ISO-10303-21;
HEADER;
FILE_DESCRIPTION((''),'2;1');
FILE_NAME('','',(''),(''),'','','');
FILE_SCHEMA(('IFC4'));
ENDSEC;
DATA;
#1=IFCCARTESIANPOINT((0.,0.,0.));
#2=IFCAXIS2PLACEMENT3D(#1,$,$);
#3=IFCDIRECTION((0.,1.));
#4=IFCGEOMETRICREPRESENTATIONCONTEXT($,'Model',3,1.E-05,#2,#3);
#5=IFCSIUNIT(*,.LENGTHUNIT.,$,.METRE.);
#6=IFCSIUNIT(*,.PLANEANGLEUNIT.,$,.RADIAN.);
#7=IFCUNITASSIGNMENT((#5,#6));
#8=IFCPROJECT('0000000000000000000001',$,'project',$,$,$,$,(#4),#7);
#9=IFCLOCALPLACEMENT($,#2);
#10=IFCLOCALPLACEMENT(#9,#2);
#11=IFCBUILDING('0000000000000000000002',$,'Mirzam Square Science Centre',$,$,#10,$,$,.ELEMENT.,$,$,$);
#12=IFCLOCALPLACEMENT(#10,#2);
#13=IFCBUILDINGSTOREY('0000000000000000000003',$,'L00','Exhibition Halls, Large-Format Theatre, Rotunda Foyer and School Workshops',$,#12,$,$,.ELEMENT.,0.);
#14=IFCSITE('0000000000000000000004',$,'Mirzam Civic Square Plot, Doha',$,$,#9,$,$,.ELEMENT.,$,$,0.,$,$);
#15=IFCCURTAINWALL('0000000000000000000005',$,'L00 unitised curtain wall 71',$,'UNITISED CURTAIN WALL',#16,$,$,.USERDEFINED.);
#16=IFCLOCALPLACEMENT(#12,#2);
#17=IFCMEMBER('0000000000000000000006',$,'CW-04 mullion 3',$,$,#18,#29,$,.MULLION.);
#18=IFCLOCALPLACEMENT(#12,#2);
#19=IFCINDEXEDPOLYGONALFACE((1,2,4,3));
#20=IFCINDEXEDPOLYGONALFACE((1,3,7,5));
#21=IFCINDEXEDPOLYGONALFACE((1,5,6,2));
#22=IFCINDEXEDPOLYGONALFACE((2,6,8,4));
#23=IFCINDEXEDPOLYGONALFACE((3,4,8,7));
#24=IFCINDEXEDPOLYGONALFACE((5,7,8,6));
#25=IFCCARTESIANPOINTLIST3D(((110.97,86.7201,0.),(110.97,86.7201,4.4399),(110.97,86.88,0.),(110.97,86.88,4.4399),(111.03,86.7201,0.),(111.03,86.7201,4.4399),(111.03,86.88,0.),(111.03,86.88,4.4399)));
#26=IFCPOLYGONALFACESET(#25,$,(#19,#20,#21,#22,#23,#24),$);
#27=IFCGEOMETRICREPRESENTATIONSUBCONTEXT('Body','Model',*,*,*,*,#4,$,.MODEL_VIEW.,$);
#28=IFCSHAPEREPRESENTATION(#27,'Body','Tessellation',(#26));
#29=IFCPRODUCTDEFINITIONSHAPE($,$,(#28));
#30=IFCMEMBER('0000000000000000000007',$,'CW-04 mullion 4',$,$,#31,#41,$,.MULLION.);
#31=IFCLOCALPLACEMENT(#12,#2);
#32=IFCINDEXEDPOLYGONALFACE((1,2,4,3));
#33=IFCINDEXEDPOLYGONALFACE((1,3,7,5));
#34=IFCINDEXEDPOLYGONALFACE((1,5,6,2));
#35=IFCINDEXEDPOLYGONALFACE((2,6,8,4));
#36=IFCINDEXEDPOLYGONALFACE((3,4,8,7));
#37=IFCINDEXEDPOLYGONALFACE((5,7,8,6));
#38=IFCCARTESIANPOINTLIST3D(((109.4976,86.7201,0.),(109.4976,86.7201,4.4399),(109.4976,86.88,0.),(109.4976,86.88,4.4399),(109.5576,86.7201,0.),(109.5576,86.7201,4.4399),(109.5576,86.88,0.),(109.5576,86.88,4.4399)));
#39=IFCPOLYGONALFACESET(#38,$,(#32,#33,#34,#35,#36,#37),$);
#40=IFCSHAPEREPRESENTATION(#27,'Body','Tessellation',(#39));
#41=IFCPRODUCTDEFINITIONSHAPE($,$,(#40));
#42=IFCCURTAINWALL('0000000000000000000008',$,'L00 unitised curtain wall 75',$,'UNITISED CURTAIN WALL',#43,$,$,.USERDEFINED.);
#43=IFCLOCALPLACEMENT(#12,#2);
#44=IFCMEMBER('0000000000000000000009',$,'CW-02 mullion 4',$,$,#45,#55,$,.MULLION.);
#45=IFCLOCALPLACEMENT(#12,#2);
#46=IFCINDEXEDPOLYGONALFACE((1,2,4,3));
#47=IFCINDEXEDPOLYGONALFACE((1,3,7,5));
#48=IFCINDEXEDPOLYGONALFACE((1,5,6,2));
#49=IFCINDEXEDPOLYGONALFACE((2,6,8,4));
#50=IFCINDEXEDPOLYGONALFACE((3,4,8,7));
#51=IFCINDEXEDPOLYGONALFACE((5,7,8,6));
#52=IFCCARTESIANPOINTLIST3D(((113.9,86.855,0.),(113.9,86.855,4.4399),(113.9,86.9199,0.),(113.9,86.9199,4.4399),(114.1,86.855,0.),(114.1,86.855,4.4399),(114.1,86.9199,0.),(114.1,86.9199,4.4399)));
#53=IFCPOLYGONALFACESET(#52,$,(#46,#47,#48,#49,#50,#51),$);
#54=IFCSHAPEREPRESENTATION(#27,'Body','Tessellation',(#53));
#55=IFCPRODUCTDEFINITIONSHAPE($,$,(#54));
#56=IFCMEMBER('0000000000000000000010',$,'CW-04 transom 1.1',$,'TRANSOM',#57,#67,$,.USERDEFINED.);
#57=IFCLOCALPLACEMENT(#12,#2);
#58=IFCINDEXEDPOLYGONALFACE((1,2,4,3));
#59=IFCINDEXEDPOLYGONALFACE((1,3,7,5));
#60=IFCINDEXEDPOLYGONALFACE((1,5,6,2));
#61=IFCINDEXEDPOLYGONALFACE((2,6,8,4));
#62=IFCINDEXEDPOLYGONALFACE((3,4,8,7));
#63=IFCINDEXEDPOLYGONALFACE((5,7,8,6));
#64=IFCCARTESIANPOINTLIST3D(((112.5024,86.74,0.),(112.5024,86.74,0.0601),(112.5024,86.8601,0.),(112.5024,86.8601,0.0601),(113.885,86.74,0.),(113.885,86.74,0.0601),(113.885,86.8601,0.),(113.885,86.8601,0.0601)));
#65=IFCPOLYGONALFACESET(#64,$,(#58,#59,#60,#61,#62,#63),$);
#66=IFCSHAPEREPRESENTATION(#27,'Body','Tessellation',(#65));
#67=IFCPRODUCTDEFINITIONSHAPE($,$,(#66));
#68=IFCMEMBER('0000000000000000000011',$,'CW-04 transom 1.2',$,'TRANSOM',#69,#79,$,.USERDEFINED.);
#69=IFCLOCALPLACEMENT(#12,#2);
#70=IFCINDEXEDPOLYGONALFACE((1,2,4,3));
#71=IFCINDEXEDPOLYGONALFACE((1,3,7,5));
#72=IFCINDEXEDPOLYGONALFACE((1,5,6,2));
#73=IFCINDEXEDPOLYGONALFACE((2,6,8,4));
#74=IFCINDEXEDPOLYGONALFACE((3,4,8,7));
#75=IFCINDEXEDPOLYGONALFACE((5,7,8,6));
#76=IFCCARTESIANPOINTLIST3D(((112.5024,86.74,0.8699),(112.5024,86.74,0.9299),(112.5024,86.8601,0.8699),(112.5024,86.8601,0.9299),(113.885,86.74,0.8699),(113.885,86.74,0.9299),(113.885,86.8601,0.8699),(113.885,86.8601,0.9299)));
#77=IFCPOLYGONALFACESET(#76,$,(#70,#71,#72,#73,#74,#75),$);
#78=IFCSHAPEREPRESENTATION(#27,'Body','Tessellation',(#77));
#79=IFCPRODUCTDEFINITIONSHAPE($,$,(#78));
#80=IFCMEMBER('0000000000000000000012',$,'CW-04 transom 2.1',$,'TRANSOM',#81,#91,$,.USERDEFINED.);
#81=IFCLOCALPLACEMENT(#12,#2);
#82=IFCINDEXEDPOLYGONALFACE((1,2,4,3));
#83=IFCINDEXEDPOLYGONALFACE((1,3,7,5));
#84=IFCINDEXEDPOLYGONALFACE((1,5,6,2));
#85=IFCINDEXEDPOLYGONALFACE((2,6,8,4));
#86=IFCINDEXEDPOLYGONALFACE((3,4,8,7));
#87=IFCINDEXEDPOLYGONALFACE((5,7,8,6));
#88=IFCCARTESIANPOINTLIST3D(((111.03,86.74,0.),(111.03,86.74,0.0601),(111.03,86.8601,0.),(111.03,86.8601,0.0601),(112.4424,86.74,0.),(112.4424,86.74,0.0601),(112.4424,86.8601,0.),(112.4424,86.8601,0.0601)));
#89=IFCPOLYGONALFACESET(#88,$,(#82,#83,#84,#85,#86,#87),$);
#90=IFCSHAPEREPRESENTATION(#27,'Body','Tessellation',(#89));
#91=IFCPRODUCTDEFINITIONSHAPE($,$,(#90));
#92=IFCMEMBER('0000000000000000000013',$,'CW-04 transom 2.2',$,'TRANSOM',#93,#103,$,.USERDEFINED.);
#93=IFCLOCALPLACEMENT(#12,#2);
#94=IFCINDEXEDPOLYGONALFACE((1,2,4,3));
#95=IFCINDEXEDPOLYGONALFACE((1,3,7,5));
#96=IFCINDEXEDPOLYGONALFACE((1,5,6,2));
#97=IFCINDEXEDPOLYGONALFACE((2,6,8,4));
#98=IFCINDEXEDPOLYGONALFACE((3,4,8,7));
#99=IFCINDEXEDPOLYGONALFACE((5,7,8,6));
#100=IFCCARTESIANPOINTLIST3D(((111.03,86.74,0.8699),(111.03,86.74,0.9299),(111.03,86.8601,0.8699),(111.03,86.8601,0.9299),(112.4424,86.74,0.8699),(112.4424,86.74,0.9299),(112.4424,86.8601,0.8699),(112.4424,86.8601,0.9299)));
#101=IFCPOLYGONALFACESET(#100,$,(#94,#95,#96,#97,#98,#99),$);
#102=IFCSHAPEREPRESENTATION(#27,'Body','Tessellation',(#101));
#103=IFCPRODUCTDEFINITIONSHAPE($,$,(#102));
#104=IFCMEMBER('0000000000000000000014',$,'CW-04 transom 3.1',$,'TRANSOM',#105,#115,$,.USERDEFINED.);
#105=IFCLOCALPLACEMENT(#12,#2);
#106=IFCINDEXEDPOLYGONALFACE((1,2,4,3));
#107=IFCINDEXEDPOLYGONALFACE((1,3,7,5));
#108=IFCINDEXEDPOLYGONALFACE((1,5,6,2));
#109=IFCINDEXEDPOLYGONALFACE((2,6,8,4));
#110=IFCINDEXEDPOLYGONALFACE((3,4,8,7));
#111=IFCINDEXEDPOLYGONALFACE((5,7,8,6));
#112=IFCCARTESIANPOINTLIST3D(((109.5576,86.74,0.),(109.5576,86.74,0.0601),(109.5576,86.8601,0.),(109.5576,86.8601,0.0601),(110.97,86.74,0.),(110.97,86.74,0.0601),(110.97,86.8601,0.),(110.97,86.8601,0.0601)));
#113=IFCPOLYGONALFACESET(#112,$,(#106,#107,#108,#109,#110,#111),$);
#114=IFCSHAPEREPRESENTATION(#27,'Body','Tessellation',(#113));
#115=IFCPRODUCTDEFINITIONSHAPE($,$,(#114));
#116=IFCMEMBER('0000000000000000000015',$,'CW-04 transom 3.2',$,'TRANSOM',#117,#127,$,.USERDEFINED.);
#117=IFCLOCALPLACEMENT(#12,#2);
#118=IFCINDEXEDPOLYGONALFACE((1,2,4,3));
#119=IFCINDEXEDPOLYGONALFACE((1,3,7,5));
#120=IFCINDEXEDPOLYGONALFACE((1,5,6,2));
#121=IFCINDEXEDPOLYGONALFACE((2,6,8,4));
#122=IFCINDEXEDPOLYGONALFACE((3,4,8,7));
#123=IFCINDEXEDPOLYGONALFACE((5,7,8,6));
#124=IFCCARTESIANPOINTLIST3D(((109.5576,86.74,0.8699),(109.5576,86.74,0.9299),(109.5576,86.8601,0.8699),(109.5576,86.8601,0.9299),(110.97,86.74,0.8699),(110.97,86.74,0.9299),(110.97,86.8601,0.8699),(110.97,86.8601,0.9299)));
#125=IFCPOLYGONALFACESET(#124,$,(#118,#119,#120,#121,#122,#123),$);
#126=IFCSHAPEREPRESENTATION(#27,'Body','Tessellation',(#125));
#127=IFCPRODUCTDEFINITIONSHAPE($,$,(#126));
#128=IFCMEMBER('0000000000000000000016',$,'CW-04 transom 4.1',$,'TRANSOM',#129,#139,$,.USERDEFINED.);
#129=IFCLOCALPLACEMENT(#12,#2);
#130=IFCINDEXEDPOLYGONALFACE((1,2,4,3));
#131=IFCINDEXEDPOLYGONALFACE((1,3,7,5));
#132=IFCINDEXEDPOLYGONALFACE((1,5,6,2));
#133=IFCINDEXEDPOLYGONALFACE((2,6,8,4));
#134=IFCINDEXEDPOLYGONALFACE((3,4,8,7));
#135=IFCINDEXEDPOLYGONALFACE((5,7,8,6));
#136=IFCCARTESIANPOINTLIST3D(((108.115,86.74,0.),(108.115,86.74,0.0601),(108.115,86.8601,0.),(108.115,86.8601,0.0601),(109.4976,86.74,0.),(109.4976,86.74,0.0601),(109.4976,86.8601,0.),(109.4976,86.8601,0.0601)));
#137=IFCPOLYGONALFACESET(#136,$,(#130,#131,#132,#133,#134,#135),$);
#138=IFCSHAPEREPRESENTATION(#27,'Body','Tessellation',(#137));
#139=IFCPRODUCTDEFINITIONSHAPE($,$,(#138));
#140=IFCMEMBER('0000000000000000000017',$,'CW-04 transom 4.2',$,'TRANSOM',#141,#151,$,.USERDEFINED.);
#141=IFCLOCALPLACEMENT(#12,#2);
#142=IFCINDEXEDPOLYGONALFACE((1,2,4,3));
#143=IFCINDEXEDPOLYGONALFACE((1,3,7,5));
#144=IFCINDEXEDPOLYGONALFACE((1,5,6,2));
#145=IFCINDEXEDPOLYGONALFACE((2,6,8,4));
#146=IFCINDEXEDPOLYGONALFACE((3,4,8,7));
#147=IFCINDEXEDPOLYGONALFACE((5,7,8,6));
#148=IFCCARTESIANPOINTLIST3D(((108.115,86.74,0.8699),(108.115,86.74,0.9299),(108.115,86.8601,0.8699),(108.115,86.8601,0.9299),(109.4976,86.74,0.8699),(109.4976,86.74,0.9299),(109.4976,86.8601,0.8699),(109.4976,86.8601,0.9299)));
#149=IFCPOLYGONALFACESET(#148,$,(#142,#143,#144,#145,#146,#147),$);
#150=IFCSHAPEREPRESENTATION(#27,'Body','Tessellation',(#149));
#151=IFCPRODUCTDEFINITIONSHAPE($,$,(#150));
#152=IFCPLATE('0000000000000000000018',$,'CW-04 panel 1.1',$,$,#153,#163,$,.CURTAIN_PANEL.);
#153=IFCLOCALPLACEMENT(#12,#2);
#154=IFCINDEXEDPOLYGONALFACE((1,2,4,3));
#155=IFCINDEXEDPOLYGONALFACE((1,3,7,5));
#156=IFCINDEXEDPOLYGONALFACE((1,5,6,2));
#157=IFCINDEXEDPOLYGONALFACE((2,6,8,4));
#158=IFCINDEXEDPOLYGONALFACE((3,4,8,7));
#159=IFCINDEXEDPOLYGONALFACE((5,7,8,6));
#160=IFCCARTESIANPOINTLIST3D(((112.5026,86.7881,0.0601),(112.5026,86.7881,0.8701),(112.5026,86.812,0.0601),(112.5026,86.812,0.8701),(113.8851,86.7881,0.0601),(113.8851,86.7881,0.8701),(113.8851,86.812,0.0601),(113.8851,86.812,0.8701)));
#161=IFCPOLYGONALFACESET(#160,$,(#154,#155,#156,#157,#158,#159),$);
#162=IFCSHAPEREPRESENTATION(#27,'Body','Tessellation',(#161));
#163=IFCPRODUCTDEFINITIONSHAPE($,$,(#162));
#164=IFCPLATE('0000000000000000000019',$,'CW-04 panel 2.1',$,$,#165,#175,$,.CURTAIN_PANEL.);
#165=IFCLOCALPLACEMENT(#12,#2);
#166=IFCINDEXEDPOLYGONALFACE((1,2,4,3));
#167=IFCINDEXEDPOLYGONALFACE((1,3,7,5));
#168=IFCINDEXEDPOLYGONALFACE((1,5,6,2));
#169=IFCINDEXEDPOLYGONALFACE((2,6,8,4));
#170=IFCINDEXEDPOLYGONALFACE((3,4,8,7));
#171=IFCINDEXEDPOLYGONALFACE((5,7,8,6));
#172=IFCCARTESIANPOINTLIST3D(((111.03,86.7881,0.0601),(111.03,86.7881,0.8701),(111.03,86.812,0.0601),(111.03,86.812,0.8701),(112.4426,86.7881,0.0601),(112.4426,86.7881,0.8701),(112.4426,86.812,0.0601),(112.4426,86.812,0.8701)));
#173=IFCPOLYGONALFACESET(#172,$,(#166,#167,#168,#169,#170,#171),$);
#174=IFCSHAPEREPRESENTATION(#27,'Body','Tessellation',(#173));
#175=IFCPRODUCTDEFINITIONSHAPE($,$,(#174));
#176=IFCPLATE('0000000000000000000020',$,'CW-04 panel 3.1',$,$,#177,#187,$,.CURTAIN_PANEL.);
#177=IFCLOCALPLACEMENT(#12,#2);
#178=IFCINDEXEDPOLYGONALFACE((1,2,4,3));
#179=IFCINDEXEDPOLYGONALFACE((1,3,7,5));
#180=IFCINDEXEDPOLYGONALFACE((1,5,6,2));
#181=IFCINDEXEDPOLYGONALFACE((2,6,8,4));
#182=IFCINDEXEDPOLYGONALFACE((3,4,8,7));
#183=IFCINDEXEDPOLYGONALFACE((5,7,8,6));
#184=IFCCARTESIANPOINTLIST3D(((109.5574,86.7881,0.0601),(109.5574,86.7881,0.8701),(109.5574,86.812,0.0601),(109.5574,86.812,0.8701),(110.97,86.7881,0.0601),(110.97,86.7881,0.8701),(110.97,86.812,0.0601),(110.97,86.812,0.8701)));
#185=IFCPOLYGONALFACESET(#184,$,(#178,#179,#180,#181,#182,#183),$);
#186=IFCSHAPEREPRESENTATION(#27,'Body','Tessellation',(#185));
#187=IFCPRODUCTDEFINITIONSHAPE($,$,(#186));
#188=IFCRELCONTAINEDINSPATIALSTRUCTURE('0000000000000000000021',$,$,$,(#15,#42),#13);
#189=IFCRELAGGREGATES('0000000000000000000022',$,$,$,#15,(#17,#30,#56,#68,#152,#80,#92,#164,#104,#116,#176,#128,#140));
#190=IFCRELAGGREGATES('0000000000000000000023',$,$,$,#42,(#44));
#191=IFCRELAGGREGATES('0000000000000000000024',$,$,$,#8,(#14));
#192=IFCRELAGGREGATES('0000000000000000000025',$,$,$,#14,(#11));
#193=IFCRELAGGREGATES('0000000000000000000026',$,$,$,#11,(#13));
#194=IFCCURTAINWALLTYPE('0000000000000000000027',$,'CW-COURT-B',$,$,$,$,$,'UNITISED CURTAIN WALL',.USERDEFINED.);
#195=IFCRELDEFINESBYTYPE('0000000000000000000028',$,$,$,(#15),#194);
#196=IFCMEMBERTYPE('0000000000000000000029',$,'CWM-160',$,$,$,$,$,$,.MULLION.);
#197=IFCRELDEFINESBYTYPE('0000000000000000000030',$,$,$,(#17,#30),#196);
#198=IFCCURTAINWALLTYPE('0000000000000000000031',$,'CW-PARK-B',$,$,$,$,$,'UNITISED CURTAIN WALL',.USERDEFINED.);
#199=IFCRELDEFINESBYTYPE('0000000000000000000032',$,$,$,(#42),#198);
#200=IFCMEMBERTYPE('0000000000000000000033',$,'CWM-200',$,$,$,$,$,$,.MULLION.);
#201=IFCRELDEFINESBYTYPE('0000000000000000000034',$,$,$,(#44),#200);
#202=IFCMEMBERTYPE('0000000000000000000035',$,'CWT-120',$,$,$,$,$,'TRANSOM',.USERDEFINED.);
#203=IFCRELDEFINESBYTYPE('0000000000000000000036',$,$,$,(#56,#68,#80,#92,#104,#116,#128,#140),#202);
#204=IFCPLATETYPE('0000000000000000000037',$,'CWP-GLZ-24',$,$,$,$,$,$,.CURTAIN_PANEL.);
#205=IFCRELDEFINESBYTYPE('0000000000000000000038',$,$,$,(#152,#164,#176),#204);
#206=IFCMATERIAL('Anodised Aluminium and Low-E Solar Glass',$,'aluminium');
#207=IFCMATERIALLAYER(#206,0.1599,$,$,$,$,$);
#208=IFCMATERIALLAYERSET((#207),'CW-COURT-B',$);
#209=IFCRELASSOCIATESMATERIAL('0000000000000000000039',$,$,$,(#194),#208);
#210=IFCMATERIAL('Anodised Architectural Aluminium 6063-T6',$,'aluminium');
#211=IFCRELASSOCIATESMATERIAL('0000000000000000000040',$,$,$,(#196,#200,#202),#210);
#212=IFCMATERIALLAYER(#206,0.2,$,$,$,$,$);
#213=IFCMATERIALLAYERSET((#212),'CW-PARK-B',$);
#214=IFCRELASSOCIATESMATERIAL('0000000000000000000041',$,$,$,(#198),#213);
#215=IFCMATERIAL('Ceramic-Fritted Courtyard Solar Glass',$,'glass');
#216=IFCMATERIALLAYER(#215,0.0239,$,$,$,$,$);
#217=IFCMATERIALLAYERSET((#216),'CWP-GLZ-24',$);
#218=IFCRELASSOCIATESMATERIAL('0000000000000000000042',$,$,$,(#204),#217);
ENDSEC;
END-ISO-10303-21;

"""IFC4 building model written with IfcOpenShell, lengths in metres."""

from ifc_helpers import new_model, si_unit, direction, frame, origin, origin_2d, place, context, subcontext, project, spatial, rectangle, extrude, material, layer, layer_set, material_profile, profile_set, type_object, element, aggregate, save


model = new_model("IFC4")

# Units and contexts
model_context = context("Model", 3, precision=1e-05, world=origin(), true_north=direction((0.0, 1.0)))
body_context = subcontext(model_context, "Body", "Model", "MODEL_VIEW")
ifc_project = project(units=[si_unit("LENGTHUNIT", "METRE"), si_unit("PLANEANGLEUNIT", "RADIAN")], contexts=[model_context])

# Site, building, storey
site_placement = place(None, origin())
site = spatial("IfcSite", under=ifc_project, at=site_placement, Name="Mirzam Civic Square Plot, Doha", CompositionType="ELEMENT", RefElevation=0.0)
building_placement = place(site_placement, origin())
building = spatial("IfcBuilding", under=site, at=building_placement, Name="Mirzam Square Science Centre", CompositionType="ELEMENT")
storey_placement = place(building_placement, origin())
storey = spatial("IfcBuildingStorey", under=building, at=storey_placement, Name="L00", Description="Exhibition Halls, Large-Format Theatre, Rotunda Foyer and School Workshops", CompositionType="ELEMENT", Elevation=0.0)

# Curtain wall, members
ifc_material_1 = material(Name="Anodised Aluminium and Low-E Solar Glass", Category="aluminium")
ifc_layer_1 = layer(ifc_material_1, 0.1599)
ifc_layer_set_1 = layer_set([ifc_layer_1], Name="CW-COURT-B")
curtain_wall_type_1 = type_object("IfcCurtainWallType", Name="CW-COURT-B", ElementType="UNITISED CURTAIN WALL", PredefinedType="USERDEFINED", material=ifc_layer_set_1)
curtain_wall_1_placement = place(storey_placement, origin())
curtain_wall_1 = element("IfcCurtainWall", 1, at=curtain_wall_1_placement, inside=storey, type_object=curtain_wall_type_1, Name="L00 unitised curtain wall 71", ObjectType="UNITISED CURTAIN WALL", PredefinedType="USERDEFINED")
ifc_material_2 = material(Name="Anodised Architectural Aluminium 6063-T6", Category="aluminium")
ifc_material_profile_1 = material_profile(ifc_material_2, rectangle(XDim=0.0601, YDim=0.1599, at=origin_2d()), Name="ALU-MULL-160x60x4")
ifc_profile_set_1 = profile_set([ifc_material_profile_1], Name="Anodised Architectural Aluminium 6063-T6")
member_type_1 = type_object("IfcMemberType", Name="CWM-160", PredefinedType="MULLION", material=ifc_profile_set_1)
member_1_placement = place(storey_placement, frame((111.0, 86.8, 0.0), z_axis=(0.0, 0.0, 1.0), x_axis=(-1.0, 0.0, 0.0)))
member_1 = element("IfcMember", 2, at=member_1_placement, type_object=member_type_1, Name="CW-04 mullion 3", PredefinedType="MULLION", context=body_context, shape_type="SweptSolid", body=[
    extrude(rectangle(XDim=0.0601, YDim=0.1599, at=origin_2d()), origin(), (0.0, 0.0, 1.0), 4.4399),
])
member_2_placement = place(storey_placement, frame((109.5276, 86.8, 0.0), z_axis=(0.0, 0.0, 1.0), x_axis=(-1.0, 0.0, 0.0)))
member_2 = element("IfcMember", 3, at=member_2_placement, type_object=member_type_1, Name="CW-04 mullion 4", PredefinedType="MULLION", context=body_context, shape_type="SweptSolid", body=[
    extrude(rectangle(XDim=0.0601, YDim=0.1599, at=origin_2d()), origin(), (0.0, 0.0, 1.0), 4.4399),
])

# Curtain wall, member
ifc_layer_2 = layer(ifc_material_1, 0.2)
ifc_layer_set_2 = layer_set([ifc_layer_2], Name="CW-PARK-B")
curtain_wall_type_2 = type_object("IfcCurtainWallType", Name="CW-PARK-B", ElementType="UNITISED CURTAIN WALL", PredefinedType="USERDEFINED", material=ifc_layer_set_2)
curtain_wall_2_placement = place(storey_placement, origin())
curtain_wall_2 = element("IfcCurtainWall", 4, at=curtain_wall_2_placement, inside=storey, type_object=curtain_wall_type_2, Name="L00 unitised curtain wall 75", ObjectType="UNITISED CURTAIN WALL", PredefinedType="USERDEFINED")
ifc_material_profile_2 = material_profile(ifc_material_2, rectangle(XDim=0.0649, YDim=0.2, at=origin_2d()), Name="ALU-MULL-200x65x5")
ifc_profile_set_2 = profile_set([ifc_material_profile_2], Name="Anodised Architectural Aluminium 6063-T6")
member_type_2 = type_object("IfcMemberType", Name="CWM-200", PredefinedType="MULLION", material=ifc_profile_set_2)
member_3_placement = place(storey_placement, frame((114.0, 86.8875, 0.0), z_axis=(0.0, 0.0, 1.0), x_axis=(0.0, -1.0, 0.0)))
member_3 = element("IfcMember", 5, at=member_3_placement, type_object=member_type_2, Name="CW-02 mullion 4", PredefinedType="MULLION", context=body_context, shape_type="SweptSolid", body=[
    extrude(rectangle(XDim=0.0649, YDim=0.2, at=origin_2d()), origin(), (0.0, 0.0, 1.0), 4.4399),
])

# Members
ifc_material_profile_3 = material_profile(ifc_material_2, rectangle(XDim=0.1201, YDim=0.0601, at=origin_2d()), Name="ALU-TRAN-120x60x4")
ifc_profile_set_3 = profile_set([ifc_material_profile_3], Name="Anodised Architectural Aluminium 6063-T6")
member_type_3 = type_object("IfcMemberType", Name="CWT-120", ElementType="TRANSOM", PredefinedType="USERDEFINED", material=ifc_profile_set_3)
member_4_placement = place(storey_placement, frame((113.885, 86.8, 0.03), z_axis=(-1.0, 0.0, 0.0), x_axis=(0.0, -1.0, 0.0)))
member_4 = element("IfcMember", 6, at=member_4_placement, type_object=member_type_3, Name="CW-04 transom 1.1", ObjectType="TRANSOM", PredefinedType="USERDEFINED", context=body_context, shape_type="SweptSolid", body=[
    extrude(rectangle(XDim=0.1201, YDim=0.0601, at=origin_2d()), origin(), (0.0, 0.0, 1.0), 1.3826),
])
member_5_placement = place(storey_placement, frame((113.885, 86.8, 0.8999), z_axis=(-1.0, 0.0, 0.0), x_axis=(0.0, -1.0, 0.0)))
member_5 = element("IfcMember", 7, at=member_5_placement, type_object=member_type_3, Name="CW-04 transom 1.2", ObjectType="TRANSOM", PredefinedType="USERDEFINED", context=body_context, shape_type="SweptSolid", body=[
    extrude(rectangle(XDim=0.1201, YDim=0.0601, at=origin_2d()), origin(), (0.0, 0.0, 1.0), 1.3826),
])
member_6_placement = place(storey_placement, frame((112.4424, 86.8, 0.03), z_axis=(-1.0, 0.0, 0.0), x_axis=(0.0, -1.0, 0.0)))
member_6 = element("IfcMember", 8, at=member_6_placement, type_object=member_type_3, Name="CW-04 transom 2.1", ObjectType="TRANSOM", PredefinedType="USERDEFINED", context=body_context, shape_type="SweptSolid", body=[
    extrude(rectangle(XDim=0.1201, YDim=0.0601, at=origin_2d()), origin(), (0.0, 0.0, 1.0), 1.4124),
])
member_7_placement = place(storey_placement, frame((112.4424, 86.8, 0.8999), z_axis=(-1.0, 0.0, 0.0), x_axis=(0.0, -1.0, 0.0)))
member_7 = element("IfcMember", 9, at=member_7_placement, type_object=member_type_3, Name="CW-04 transom 2.2", ObjectType="TRANSOM", PredefinedType="USERDEFINED", context=body_context, shape_type="SweptSolid", body=[
    extrude(rectangle(XDim=0.1201, YDim=0.0601, at=origin_2d()), origin(), (0.0, 0.0, 1.0), 1.4124),
])
member_8_placement = place(storey_placement, frame((110.97, 86.8, 0.03), z_axis=(-1.0, 0.0, 0.0), x_axis=(0.0, -1.0, 0.0)))
member_8 = element("IfcMember", 10, at=member_8_placement, type_object=member_type_3, Name="CW-04 transom 3.1", ObjectType="TRANSOM", PredefinedType="USERDEFINED", context=body_context, shape_type="SweptSolid", body=[
    extrude(rectangle(XDim=0.1201, YDim=0.0601, at=origin_2d()), origin(), (0.0, 0.0, 1.0), 1.4124),
])
member_9_placement = place(storey_placement, frame((110.97, 86.8, 0.8999), z_axis=(-1.0, 0.0, 0.0), x_axis=(0.0, -1.0, 0.0)))
member_9 = element("IfcMember", 11, at=member_9_placement, type_object=member_type_3, Name="CW-04 transom 3.2", ObjectType="TRANSOM", PredefinedType="USERDEFINED", context=body_context, shape_type="SweptSolid", body=[
    extrude(rectangle(XDim=0.1201, YDim=0.0601, at=origin_2d()), origin(), (0.0, 0.0, 1.0), 1.4124),
])
member_10_placement = place(storey_placement, frame((109.4976, 86.8, 0.03), z_axis=(-1.0, 0.0, 0.0), x_axis=(0.0, -1.0, 0.0)))
member_10 = element("IfcMember", 12, at=member_10_placement, type_object=member_type_3, Name="CW-04 transom 4.1", ObjectType="TRANSOM", PredefinedType="USERDEFINED", context=body_context, shape_type="SweptSolid", body=[
    extrude(rectangle(XDim=0.1201, YDim=0.0601, at=origin_2d()), origin(), (0.0, 0.0, 1.0), 1.3826),
])
member_11_placement = place(storey_placement, frame((109.4976, 86.8, 0.8999), z_axis=(-1.0, 0.0, 0.0), x_axis=(0.0, -1.0, 0.0)))
member_11 = element("IfcMember", 13, at=member_11_placement, type_object=member_type_3, Name="CW-04 transom 4.2", ObjectType="TRANSOM", PredefinedType="USERDEFINED", context=body_context, shape_type="SweptSolid", body=[
    extrude(rectangle(XDim=0.1201, YDim=0.0601, at=origin_2d()), origin(), (0.0, 0.0, 1.0), 1.3826),
])

# Plates
ifc_material_3 = material(Name="Ceramic-Fritted Courtyard Solar Glass", Category="glass")
ifc_layer_3 = layer(ifc_material_3, 0.0239)
ifc_layer_set_3 = layer_set([ifc_layer_3], Name="CWP-GLZ-24")
plate_type_1 = type_object("IfcPlateType", Name="CWP-GLZ-24", PredefinedType="CURTAIN_PANEL", material=ifc_layer_set_3)
plate_1_placement = place(storey_placement, frame((113.1938, 86.8, 0.0601), z_axis=(0.0, 0.0, 1.0), x_axis=(-1.0, 0.0, 0.0)))
plate_1 = element("IfcPlate", 14, at=plate_1_placement, type_object=plate_type_1, Name="CW-04 panel 1.1", PredefinedType="CURTAIN_PANEL", context=body_context, shape_type="SweptSolid", body=[
    extrude(rectangle(XDim=1.3826, YDim=0.0239, at=origin_2d()), origin(), (0.0, 0.0, 1.0), 0.8101),
])
plate_2_placement = place(storey_placement, frame((111.7363, 86.8, 0.0601), z_axis=(0.0, 0.0, 1.0), x_axis=(-1.0, 0.0, 0.0)))
plate_2 = element("IfcPlate", 15, at=plate_2_placement, type_object=plate_type_1, Name="CW-04 panel 2.1", PredefinedType="CURTAIN_PANEL", context=body_context, shape_type="SweptSolid", body=[
    extrude(rectangle(XDim=1.4126, YDim=0.0239, at=origin_2d()), origin(), (0.0, 0.0, 1.0), 0.8101),
])
plate_3_placement = place(storey_placement, frame((110.2637, 86.8, 0.0601), z_axis=(0.0, 0.0, 1.0), x_axis=(-1.0, 0.0, 0.0)))
plate_3 = element("IfcPlate", 16, at=plate_3_placement, type_object=plate_type_1, Name="CW-04 panel 3.1", PredefinedType="CURTAIN_PANEL", context=body_context, shape_type="SweptSolid", body=[
    extrude(rectangle(XDim=1.4126, YDim=0.0239, at=origin_2d()), origin(), (0.0, 0.0, 1.0), 0.8101),
])
aggregate(curtain_wall_1, [member_1, member_2, member_4, member_5, plate_1, member_6, member_7, plate_2, member_8, member_9, plate_3, member_10, member_11])
aggregate(curtain_wall_2, [member_3])

save(model, "model.ifc")
